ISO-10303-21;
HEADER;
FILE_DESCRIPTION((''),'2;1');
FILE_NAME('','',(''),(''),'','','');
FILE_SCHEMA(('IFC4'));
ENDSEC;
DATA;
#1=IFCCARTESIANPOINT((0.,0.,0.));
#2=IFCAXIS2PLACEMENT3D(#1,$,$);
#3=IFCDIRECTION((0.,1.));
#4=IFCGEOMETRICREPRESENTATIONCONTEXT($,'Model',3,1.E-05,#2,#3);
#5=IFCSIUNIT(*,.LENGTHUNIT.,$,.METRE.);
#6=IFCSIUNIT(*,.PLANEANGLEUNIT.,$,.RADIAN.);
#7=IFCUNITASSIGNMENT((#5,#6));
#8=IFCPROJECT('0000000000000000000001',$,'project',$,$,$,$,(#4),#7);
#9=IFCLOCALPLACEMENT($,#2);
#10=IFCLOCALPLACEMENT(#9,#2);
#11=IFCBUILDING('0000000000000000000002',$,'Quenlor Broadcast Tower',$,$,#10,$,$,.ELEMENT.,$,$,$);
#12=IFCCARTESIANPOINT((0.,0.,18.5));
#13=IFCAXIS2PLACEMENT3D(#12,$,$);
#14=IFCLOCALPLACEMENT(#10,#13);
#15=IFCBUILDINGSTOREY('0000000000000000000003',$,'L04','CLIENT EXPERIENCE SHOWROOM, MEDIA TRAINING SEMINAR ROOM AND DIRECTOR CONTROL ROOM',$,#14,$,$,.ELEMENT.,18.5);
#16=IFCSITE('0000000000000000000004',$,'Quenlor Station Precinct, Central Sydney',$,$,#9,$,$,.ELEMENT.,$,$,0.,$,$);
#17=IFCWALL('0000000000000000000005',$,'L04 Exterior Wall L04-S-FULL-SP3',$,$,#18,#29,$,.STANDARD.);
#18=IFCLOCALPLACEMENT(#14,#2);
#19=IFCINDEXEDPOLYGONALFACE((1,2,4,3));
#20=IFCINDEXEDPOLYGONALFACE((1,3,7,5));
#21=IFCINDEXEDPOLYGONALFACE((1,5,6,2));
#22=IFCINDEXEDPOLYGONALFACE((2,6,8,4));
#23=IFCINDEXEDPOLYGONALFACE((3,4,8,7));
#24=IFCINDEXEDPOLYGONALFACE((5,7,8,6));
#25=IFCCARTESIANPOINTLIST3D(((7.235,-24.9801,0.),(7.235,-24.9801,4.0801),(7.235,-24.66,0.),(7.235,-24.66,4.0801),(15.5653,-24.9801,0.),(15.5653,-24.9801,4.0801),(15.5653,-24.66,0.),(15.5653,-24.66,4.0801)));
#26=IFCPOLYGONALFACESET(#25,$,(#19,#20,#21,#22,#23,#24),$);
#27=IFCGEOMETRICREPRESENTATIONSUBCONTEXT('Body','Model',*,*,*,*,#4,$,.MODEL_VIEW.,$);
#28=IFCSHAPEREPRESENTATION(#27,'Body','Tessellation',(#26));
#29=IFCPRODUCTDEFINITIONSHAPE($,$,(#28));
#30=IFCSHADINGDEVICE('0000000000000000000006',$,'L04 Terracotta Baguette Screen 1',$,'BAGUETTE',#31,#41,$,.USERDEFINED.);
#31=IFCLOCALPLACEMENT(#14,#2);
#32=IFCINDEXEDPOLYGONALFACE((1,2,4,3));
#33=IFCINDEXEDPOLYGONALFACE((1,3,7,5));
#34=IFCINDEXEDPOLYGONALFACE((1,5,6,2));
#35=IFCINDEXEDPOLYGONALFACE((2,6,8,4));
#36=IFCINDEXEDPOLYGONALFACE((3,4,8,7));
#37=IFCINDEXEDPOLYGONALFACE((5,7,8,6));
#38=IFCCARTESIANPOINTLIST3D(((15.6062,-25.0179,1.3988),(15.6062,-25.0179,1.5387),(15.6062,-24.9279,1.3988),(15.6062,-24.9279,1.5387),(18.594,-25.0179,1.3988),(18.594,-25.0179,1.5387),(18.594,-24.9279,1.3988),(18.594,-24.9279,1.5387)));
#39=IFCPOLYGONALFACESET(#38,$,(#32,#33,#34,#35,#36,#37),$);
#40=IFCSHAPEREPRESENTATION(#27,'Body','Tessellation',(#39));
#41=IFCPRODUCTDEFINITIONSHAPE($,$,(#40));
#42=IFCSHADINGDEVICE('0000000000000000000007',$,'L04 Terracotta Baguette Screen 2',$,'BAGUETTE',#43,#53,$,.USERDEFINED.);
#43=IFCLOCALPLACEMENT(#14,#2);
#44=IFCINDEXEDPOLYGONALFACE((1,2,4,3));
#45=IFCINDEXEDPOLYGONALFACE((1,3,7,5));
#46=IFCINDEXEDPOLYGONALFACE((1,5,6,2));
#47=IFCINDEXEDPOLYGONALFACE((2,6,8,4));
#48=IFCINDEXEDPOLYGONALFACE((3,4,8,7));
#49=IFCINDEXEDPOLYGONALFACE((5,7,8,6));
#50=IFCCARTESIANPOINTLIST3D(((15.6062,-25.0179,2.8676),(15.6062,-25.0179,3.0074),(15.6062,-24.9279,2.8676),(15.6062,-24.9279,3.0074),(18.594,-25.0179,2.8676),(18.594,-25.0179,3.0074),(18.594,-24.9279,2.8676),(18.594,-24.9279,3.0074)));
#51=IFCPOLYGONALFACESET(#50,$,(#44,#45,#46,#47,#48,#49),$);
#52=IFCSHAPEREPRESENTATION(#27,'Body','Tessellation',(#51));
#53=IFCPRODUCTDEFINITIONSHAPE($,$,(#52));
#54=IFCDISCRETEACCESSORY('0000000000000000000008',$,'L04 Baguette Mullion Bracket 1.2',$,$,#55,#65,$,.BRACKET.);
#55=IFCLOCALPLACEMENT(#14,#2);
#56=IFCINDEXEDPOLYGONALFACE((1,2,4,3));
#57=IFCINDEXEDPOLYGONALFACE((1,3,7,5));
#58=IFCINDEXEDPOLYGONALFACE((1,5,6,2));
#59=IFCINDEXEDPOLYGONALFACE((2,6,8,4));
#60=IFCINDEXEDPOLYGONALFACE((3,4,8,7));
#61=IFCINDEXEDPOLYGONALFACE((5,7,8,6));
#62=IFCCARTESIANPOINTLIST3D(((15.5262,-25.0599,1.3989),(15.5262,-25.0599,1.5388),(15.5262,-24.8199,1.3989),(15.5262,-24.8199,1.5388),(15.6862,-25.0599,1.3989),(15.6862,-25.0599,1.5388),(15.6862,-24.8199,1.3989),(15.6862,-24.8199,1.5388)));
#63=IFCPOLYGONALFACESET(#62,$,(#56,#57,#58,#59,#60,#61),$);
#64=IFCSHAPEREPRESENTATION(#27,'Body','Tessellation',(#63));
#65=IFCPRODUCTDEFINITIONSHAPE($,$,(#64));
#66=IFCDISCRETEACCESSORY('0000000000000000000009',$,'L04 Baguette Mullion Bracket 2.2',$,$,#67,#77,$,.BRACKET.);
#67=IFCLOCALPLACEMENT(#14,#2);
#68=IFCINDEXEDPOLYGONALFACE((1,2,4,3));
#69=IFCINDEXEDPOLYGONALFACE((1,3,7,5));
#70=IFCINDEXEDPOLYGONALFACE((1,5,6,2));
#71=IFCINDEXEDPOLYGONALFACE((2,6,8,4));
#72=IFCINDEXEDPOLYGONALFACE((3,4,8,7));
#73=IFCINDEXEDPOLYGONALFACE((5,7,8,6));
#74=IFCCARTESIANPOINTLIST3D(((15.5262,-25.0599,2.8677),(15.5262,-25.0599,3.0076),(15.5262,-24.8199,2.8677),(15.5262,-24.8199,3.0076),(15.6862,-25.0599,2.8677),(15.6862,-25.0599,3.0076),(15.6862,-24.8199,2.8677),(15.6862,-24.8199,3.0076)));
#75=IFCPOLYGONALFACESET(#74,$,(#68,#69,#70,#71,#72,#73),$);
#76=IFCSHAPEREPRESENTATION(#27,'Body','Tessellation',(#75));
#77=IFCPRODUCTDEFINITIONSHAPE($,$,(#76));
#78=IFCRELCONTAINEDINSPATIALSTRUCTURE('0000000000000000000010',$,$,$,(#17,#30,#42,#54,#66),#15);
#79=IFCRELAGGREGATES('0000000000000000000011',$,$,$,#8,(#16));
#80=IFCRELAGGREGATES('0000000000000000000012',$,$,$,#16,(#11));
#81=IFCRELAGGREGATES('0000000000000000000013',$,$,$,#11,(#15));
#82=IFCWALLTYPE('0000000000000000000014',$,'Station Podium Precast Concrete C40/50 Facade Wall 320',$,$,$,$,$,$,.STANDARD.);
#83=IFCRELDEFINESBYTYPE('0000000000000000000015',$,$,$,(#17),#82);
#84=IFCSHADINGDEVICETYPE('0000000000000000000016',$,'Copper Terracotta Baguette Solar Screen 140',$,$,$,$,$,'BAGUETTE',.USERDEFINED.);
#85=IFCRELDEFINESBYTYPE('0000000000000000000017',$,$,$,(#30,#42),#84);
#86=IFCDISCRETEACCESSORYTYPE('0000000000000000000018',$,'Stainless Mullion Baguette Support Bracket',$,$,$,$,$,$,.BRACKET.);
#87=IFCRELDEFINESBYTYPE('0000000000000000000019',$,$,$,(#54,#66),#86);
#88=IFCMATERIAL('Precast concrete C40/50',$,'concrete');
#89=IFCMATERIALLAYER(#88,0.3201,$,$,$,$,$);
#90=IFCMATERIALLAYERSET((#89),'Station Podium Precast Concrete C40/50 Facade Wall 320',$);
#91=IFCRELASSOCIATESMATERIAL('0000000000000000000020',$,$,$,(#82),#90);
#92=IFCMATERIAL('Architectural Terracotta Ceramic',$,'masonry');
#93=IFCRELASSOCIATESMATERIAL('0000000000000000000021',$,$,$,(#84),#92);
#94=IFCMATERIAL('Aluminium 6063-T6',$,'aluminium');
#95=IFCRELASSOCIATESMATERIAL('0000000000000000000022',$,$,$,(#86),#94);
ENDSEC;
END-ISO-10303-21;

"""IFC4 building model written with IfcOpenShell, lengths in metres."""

from ifc_helpers import new_model, si_unit, direction, frame, frame_2d, origin, origin_2d, place, context, subcontext, project, spatial, rectangle, extrude, material, layer, layer_set, material_profile, profile_set, type_object, element, save


model = new_model("IFC4")

# Units and contexts
model_context = context("Model", 3, precision=1e-05, world=origin(), true_north=direction((0.0, 1.0)))
body_context = subcontext(model_context, "Body", "Model", "MODEL_VIEW")
ifc_project = project(units=[si_unit("LENGTHUNIT", "METRE"), si_unit("PLANEANGLEUNIT", "RADIAN")], contexts=[model_context])

# Site, building, storey
site_placement = place(None, origin())
site = spatial("IfcSite", under=ifc_project, at=site_placement, Name="Quenlor Station Precinct, Central Sydney", CompositionType="ELEMENT", RefElevation=0.0)
building_placement = place(site_placement, origin())
building = spatial("IfcBuilding", under=site, at=building_placement, Name="Quenlor Broadcast Tower", CompositionType="ELEMENT")
storey_placement = place(building_placement, frame((0.0, 0.0, 18.5)))
storey = spatial("IfcBuildingStorey", under=building, at=storey_placement, Name="L04", Description="CLIENT EXPERIENCE SHOWROOM, MEDIA TRAINING SEMINAR ROOM AND DIRECTOR CONTROL ROOM", CompositionType="ELEMENT", Elevation=18.5)

# Wall
ifc_material_1 = material(Name="Precast concrete C40/50", Category="concrete")
ifc_layer_1 = layer(ifc_material_1, 0.3201)
ifc_layer_set_1 = layer_set([ifc_layer_1], Name="Station Podium Precast Concrete C40/50 Facade Wall 320")
wall_type = type_object("IfcWallType", Name="Station Podium Precast Concrete C40/50 Facade Wall 320", PredefinedType="STANDARD", material=ifc_layer_set_1)
wall_placement = place(storey_placement, frame((15.5652, -24.8201, 0.0), z_axis=(0.0, 0.0, 1.0), x_axis=(-1.0, 0.0, 0.0)))
element("IfcWall", 1, at=wall_placement, inside=storey, type_object=wall_type, Name="L04 Exterior Wall L04-S-FULL-SP3", PredefinedType="STANDARD", context=body_context, shape_type="SweptSolid", body=[
    extrude(rectangle(XDim=8.3303, YDim=0.3201, at=frame_2d((4.165, 0.0))), origin(), (0.0, 0.0, 1.0), 4.0801),
])

# Shading devices
ifc_material_2 = material(Name="Architectural Terracotta Ceramic", Category="masonry")
ifc_material_profile_1 = material_profile(ifc_material_2, rectangle(XDim=0.0901, YDim=0.1399, at=origin_2d()))
ifc_profile_set_1 = profile_set([ifc_material_profile_1], Name="Architectural Terracotta Ceramic BAG90x140")
shading_device_type = type_object("IfcShadingDeviceType", Name="Copper Terracotta Baguette Solar Screen 140", ElementType="BAGUETTE", PredefinedType="USERDEFINED", material=ifc_profile_set_1)
for number, where, z_axis, x_axis, name in (
    (2, (18.594, -24.9729, 1.4688), (-1.0, 0.0, 0.0), (0.0, -1.0, 0.0), "L04 Terracotta Baguette Screen 1"),
    (3, (18.594, -24.9729, 2.9375), (-1.0, 0.0, 0.0), (0.0, -1.0, 0.0), "L04 Terracotta Baguette Screen 2"),
):
    element("IfcShadingDevice", number, at=place(storey_placement, frame(where, z_axis=z_axis, x_axis=x_axis)), inside=storey, type_object=shading_device_type, Name=name, ObjectType="BAGUETTE", PredefinedType="USERDEFINED", context=body_context, shape_type="SweptSolid", body=[
        extrude(rectangle(XDim=0.0901, YDim=0.1399, at=origin_2d()), origin(), (0.0, 0.0, 1.0), 2.9878),
    ])

# Discrete accessories
ifc_material_3 = material(Name="Aluminium 6063-T6", Category="aluminium")
discrete_accessory_type = type_object("IfcDiscreteAccessoryType", Name="Stainless Mullion Baguette Support Bracket", PredefinedType="BRACKET", material=ifc_material_3)
for number, where, z_axis, x_axis, name in (
    (4, (15.6062, -24.9399, 1.3989), (0.0, 0.0, 1.0), (-1.0, 0.0, 0.0), "L04 Baguette Mullion Bracket 1.2"),
    (5, (15.6062, -24.9399, 2.8677), (0.0, 0.0, 1.0), (-1.0, 0.0, 0.0), "L04 Baguette Mullion Bracket 2.2"),
):
    element("IfcDiscreteAccessory", number, at=place(storey_placement, frame(where, z_axis=z_axis, x_axis=x_axis)), inside=storey, type_object=discrete_accessory_type, Name=name, PredefinedType="BRACKET", context=body_context, shape_type="SweptSolid", body=[
        extrude(rectangle(XDim=0.1599, YDim=0.24, at=origin_2d()), origin(), (0.0, 0.0, 1.0), 0.1399),
    ])

save(model, "model.ifc")
